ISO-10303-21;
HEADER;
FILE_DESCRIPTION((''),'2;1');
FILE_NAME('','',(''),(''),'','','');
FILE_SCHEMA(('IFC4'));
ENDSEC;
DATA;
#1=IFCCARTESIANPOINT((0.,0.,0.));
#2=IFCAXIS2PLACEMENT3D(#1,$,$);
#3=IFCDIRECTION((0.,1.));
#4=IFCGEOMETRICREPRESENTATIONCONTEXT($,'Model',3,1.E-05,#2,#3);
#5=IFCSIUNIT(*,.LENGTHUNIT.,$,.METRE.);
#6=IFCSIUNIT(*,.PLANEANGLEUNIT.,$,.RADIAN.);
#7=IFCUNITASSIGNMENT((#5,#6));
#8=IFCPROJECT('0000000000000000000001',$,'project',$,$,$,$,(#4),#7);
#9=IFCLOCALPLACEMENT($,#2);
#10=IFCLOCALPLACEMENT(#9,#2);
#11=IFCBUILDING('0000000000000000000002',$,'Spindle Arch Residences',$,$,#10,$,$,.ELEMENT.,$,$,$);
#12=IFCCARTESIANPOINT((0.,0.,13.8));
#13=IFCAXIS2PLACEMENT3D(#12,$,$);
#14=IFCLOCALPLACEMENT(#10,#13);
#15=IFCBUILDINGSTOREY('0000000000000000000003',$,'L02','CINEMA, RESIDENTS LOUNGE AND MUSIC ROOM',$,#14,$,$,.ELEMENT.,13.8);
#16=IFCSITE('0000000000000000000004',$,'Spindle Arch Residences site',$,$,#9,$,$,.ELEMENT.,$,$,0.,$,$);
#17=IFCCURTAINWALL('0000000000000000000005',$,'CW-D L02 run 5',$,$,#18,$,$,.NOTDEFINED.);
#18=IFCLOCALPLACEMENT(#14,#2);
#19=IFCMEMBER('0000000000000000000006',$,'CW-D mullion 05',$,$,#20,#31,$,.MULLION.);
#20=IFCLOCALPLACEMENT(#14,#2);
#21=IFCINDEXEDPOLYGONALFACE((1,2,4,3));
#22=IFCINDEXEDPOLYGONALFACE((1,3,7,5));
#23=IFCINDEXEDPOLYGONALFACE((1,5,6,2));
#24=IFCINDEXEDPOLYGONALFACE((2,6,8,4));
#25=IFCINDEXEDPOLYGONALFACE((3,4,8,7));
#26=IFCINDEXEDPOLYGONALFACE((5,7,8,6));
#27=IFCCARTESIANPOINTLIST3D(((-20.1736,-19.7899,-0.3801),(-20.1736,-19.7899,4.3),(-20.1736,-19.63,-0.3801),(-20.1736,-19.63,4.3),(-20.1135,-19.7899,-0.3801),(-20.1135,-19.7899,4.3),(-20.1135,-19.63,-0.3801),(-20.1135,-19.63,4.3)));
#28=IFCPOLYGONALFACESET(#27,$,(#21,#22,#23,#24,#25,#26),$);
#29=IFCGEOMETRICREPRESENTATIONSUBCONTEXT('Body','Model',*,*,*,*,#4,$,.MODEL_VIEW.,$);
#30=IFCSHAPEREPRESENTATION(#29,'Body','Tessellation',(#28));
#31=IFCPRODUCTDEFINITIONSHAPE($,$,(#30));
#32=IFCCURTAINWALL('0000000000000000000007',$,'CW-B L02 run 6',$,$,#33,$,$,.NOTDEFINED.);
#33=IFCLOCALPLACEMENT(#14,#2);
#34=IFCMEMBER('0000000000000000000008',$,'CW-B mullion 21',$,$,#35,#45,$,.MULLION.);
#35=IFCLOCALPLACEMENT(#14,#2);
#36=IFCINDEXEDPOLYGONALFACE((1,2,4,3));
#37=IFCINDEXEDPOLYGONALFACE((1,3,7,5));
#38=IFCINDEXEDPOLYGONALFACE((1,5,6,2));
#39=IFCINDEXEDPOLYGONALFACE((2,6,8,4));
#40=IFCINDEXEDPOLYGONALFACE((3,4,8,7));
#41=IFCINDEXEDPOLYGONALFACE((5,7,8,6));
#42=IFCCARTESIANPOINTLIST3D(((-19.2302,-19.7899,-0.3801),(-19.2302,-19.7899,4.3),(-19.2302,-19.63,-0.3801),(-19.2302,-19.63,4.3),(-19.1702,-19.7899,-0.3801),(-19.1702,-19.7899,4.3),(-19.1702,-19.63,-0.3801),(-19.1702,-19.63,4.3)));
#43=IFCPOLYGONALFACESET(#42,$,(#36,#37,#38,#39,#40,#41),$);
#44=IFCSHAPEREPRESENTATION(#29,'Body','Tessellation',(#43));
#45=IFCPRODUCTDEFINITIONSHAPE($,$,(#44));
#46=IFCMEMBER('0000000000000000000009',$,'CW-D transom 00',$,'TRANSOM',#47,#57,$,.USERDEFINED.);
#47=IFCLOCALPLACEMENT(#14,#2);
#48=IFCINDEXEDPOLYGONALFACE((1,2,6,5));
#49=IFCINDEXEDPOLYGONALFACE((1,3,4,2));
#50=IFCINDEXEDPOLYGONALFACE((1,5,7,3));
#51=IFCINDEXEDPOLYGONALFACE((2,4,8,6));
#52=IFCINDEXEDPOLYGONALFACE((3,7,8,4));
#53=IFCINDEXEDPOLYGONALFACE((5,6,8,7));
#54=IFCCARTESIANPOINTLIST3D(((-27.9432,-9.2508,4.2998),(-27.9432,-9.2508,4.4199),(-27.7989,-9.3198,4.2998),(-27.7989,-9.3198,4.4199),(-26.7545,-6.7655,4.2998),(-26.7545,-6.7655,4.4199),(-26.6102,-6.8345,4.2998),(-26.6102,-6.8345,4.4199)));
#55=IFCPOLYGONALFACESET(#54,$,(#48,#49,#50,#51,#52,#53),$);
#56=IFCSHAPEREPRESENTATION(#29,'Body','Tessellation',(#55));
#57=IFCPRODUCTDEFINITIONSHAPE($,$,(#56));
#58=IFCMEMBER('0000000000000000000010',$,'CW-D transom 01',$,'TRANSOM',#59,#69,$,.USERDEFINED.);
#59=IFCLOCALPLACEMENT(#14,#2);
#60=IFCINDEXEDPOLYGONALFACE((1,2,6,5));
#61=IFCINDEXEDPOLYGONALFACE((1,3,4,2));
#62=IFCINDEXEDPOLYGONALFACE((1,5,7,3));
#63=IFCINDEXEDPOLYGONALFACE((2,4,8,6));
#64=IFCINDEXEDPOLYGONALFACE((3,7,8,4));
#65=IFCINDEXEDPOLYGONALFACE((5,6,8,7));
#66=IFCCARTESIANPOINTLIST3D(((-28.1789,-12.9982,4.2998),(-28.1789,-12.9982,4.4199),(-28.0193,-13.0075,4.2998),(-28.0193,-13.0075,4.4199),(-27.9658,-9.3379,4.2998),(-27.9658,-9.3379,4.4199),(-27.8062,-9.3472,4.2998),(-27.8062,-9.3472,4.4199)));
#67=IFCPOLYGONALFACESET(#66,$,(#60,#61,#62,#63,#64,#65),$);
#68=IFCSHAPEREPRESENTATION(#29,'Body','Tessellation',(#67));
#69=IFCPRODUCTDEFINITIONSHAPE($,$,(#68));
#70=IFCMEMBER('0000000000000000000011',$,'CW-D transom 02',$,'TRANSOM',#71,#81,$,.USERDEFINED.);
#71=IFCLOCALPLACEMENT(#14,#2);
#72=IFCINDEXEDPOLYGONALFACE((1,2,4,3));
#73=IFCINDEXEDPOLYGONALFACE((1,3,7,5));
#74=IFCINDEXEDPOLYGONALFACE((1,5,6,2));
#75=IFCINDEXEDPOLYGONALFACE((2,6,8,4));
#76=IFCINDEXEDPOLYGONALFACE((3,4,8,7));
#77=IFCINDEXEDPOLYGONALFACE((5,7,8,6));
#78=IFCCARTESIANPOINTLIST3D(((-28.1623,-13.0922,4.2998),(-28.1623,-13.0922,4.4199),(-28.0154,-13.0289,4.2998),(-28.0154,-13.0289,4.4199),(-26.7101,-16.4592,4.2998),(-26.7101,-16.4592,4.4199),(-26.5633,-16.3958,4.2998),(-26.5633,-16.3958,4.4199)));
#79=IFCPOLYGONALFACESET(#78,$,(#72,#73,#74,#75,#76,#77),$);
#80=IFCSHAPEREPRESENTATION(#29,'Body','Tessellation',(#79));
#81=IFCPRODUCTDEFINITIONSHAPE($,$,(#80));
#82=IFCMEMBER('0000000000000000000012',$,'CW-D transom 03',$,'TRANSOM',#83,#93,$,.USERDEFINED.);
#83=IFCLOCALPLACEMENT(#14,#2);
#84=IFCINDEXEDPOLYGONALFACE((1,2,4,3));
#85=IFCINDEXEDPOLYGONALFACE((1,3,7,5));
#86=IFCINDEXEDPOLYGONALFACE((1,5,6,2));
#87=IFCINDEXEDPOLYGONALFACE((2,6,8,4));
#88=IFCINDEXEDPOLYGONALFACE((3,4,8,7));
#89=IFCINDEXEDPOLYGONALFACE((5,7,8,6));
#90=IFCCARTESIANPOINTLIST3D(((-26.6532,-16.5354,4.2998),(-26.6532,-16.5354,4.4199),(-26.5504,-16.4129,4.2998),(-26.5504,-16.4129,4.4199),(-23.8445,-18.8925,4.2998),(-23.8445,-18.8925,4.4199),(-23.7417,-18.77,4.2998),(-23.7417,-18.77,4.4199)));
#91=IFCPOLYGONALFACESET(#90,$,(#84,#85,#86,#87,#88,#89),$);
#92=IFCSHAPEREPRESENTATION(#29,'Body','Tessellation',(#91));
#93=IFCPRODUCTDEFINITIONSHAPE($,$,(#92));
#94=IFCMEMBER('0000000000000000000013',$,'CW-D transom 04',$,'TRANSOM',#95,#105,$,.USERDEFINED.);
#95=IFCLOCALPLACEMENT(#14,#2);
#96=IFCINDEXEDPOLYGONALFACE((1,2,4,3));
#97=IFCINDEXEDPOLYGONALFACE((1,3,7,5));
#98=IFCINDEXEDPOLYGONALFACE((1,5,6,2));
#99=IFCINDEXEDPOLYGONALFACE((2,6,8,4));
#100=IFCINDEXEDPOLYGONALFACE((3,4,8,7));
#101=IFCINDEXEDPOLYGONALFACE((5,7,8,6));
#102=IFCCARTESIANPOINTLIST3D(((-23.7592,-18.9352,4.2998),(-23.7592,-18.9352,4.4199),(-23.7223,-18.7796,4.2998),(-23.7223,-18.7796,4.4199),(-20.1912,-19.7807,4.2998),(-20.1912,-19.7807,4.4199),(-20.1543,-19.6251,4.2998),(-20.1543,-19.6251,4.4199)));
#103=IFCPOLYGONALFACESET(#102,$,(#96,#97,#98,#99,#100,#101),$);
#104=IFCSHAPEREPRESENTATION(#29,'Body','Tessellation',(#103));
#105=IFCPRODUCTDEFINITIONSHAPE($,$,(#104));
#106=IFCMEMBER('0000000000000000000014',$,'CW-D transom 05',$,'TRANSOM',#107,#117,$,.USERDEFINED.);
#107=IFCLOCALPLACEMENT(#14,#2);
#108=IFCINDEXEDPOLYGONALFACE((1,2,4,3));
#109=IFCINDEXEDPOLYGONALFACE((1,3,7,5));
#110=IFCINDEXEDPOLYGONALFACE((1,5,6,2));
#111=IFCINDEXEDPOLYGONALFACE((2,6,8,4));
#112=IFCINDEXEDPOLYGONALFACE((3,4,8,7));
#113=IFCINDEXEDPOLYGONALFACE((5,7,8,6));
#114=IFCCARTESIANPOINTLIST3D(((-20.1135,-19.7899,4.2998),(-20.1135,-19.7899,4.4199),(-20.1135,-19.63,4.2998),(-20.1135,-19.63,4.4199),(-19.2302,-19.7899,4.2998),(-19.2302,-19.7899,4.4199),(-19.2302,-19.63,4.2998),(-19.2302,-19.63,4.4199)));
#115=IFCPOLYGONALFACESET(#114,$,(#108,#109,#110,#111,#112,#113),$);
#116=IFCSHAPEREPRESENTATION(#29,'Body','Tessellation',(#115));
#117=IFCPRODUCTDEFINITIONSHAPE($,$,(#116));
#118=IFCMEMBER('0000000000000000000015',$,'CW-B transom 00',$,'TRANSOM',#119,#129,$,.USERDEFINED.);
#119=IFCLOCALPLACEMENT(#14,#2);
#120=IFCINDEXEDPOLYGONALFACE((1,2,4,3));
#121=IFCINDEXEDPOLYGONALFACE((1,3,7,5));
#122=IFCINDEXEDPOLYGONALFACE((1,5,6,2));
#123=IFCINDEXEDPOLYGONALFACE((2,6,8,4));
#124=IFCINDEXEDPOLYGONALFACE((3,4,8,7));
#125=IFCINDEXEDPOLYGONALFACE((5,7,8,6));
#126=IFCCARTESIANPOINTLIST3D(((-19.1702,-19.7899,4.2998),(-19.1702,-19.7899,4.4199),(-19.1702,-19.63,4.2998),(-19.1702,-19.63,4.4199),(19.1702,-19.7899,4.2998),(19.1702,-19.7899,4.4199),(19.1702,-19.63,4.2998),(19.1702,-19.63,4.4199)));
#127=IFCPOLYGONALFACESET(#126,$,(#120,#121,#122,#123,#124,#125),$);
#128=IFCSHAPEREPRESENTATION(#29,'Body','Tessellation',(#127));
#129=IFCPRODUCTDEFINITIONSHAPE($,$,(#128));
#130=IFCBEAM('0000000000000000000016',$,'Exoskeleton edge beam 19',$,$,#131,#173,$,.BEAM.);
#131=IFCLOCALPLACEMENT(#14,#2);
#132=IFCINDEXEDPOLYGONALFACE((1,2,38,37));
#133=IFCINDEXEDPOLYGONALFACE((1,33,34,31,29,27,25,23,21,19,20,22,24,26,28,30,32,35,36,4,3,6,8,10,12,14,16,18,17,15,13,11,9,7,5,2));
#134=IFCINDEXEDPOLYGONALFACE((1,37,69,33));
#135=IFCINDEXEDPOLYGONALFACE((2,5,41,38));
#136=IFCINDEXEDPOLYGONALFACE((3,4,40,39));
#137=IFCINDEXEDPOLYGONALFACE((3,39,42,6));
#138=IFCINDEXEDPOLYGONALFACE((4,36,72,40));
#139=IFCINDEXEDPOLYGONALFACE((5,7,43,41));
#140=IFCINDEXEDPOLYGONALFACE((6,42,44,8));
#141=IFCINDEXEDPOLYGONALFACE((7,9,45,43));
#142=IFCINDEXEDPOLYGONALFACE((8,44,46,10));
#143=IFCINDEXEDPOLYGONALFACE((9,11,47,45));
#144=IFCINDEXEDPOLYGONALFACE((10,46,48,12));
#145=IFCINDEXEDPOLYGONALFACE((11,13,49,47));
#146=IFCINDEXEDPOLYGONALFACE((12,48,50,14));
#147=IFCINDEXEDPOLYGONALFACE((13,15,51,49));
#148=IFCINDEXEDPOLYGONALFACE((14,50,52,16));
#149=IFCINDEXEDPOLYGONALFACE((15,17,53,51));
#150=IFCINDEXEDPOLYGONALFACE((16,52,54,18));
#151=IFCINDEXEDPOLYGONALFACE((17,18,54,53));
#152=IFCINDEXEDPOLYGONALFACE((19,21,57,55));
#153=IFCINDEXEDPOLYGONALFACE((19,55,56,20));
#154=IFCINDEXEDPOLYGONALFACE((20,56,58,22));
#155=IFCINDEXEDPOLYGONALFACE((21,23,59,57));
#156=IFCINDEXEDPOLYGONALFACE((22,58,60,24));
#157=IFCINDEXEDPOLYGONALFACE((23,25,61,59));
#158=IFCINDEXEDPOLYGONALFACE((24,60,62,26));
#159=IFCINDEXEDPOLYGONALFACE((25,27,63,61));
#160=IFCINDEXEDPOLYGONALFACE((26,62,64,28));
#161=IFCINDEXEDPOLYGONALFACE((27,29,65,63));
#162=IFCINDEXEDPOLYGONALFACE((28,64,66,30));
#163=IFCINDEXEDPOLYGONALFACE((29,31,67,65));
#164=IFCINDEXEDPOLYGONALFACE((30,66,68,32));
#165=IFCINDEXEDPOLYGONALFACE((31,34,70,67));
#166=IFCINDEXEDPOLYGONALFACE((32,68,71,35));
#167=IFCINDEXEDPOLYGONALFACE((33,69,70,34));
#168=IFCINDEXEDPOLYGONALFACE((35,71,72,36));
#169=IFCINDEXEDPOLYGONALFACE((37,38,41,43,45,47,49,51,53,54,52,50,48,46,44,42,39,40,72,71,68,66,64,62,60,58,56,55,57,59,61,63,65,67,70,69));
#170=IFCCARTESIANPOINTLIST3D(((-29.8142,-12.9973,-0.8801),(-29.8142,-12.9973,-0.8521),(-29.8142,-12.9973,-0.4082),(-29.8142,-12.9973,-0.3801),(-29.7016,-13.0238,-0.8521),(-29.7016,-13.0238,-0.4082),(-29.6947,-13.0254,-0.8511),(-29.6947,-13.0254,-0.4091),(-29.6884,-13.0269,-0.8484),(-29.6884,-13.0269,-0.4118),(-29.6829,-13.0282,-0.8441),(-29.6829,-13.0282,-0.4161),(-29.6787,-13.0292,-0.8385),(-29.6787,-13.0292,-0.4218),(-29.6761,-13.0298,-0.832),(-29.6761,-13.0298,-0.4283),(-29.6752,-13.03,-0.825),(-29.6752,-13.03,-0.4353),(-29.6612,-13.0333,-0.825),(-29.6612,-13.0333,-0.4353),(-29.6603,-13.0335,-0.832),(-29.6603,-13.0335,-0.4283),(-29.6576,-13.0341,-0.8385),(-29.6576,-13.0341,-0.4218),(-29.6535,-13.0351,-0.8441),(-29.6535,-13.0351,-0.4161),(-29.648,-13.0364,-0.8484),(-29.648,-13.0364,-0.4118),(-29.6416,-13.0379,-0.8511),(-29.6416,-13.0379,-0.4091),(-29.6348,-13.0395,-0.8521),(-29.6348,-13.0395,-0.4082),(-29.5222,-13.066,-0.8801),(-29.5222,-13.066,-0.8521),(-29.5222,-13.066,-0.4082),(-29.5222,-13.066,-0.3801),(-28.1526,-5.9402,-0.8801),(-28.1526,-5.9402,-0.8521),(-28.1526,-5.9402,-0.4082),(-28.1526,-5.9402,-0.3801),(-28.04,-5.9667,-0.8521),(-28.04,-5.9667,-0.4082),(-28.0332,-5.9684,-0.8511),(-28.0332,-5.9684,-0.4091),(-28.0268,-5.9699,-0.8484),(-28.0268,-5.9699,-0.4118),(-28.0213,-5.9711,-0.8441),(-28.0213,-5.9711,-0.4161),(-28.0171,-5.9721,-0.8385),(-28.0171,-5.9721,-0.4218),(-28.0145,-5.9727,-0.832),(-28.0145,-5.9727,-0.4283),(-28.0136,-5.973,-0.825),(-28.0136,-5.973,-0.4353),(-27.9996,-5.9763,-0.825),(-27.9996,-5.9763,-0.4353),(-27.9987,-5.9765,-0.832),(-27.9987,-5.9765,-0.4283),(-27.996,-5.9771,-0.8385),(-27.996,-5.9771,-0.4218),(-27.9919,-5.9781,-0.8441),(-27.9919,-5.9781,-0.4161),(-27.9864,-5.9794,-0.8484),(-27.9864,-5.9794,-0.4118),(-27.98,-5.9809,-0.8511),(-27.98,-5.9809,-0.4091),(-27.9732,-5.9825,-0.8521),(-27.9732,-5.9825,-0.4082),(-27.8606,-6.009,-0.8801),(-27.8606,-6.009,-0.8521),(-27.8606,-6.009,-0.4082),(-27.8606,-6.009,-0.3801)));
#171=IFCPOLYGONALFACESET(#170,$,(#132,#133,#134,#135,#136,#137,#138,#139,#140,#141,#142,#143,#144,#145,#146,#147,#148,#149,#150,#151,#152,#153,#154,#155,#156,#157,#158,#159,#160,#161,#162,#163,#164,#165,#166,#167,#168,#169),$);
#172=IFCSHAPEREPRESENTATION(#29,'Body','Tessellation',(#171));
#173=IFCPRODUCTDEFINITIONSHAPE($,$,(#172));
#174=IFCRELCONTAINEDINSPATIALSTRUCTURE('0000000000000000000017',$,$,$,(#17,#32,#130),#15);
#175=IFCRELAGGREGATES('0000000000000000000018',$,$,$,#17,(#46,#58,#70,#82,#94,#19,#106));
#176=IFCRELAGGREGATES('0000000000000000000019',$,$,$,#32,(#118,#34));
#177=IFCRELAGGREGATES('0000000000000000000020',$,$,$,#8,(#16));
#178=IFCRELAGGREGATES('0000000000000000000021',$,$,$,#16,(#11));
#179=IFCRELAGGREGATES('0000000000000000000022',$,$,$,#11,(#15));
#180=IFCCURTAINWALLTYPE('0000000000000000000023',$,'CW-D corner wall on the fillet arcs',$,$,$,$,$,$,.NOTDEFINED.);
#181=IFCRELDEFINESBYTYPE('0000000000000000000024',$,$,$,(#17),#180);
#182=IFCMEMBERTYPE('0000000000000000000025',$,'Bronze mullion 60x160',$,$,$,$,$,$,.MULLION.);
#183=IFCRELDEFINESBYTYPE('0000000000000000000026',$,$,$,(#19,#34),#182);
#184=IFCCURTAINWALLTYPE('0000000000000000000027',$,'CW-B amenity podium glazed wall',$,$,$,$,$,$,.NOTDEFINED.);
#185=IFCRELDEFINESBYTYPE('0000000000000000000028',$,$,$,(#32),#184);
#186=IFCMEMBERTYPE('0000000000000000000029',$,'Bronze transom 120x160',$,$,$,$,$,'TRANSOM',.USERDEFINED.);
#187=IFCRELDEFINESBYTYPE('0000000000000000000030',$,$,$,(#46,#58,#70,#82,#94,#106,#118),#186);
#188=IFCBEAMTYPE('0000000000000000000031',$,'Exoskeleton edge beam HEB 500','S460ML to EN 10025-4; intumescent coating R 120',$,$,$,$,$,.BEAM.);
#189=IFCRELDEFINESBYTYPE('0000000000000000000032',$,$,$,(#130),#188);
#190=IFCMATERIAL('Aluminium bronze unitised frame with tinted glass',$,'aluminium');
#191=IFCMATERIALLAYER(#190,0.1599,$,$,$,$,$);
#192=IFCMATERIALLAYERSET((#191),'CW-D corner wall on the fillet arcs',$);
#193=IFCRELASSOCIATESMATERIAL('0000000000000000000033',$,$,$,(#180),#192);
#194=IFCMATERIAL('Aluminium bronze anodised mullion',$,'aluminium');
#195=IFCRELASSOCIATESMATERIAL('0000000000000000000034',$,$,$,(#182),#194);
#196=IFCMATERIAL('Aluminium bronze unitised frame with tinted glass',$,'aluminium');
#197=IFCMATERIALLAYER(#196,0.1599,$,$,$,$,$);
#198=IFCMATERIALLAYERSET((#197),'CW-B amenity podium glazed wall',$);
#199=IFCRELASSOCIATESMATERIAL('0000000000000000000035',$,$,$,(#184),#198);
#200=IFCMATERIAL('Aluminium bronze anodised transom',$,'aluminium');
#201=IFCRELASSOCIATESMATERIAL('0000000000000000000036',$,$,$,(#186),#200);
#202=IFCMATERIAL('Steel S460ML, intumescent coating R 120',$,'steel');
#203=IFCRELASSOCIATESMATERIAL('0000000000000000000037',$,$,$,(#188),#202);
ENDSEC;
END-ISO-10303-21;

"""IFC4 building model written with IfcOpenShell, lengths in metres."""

from ifc_helpers import new_model, si_unit, direction, frame, origin, origin_2d, place, context, subcontext, project, spatial, rectangle, i_section, extrude, material, layer, layer_set, material_profile, profile_set, type_object, element, aggregate, save


model = new_model("IFC4")

# Units and contexts
model_context = context("Model", 3, precision=1e-05, world=origin(), true_north=direction((0.0, 1.0)))
body_context = subcontext(model_context, "Body", "Model", "MODEL_VIEW")
ifc_project = project(units=[si_unit("LENGTHUNIT", "METRE"), si_unit("PLANEANGLEUNIT", "RADIAN")], contexts=[model_context])

# Site, building, storey
site_placement = place(None, origin())
site = spatial("IfcSite", under=ifc_project, at=site_placement, Name="Spindle Arch Residences site", CompositionType="ELEMENT", RefElevation=0.0)
building_placement = place(site_placement, origin())
building = spatial("IfcBuilding", under=site, at=building_placement, Name="Spindle Arch Residences", CompositionType="ELEMENT")
storey_placement = place(building_placement, frame((0.0, 0.0, 13.8)))
storey = spatial("IfcBuildingStorey", under=building, at=storey_placement, Name="L02", Description="CINEMA, RESIDENTS LOUNGE AND MUSIC ROOM", CompositionType="ELEMENT", Elevation=13.8)

# Curtain wall, member
ifc_material_1 = material(Name="Aluminium bronze unitised frame with tinted glass", Category="aluminium")
ifc_layer_1 = layer(ifc_material_1, 0.1599)
ifc_layer_set_1 = layer_set([ifc_layer_1], Name="CW-D corner wall on the fillet arcs")
curtain_wall_type_1 = type_object("IfcCurtainWallType", Name="CW-D corner wall on the fillet arcs", PredefinedType="NOTDEFINED", material=ifc_layer_set_1)
curtain_wall_1_placement = place(storey_placement, origin())
curtain_wall_1 = element("IfcCurtainWall", 1, at=curtain_wall_1_placement, inside=storey, type_object=curtain_wall_type_1, Name="CW-D L02 run 5", PredefinedType="NOTDEFINED")
ifc_material_2 = material(Name="Aluminium bronze anodised mullion", Category="aluminium")
ifc_material_profile_1 = material_profile(ifc_material_2, rectangle(XDim=0.1599, YDim=0.0601, at=origin_2d()), Name="MU 60x160")
ifc_profile_set_1 = profile_set([ifc_material_profile_1], Name="Aluminium bronze anodised mullion")
member_type_1 = type_object("IfcMemberType", Name="Bronze mullion 60x160", PredefinedType="MULLION", material=ifc_profile_set_1)
member_1_placement = place(storey_placement, frame((-20.1436, -19.71, -0.3801), z_axis=(0.0, 0.0, 1.0), x_axis=(0.0, 1.0, 0.0)))
member_1 = element("IfcMember", 2, at=member_1_placement, type_object=member_type_1, Name="CW-D mullion 05", PredefinedType="MULLION", context=body_context, shape_type="SweptSolid", body=[
    extrude(rectangle(XDim=0.1599, YDim=0.0601, at=origin_2d()), origin(), (0.0, 0.0, 1.0), 4.6802),
])

# Curtain wall, member
ifc_material_3 = material(Name="Aluminium bronze unitised frame with tinted glass", Category="aluminium")
ifc_layer_2 = layer(ifc_material_3, 0.1599)
ifc_layer_set_2 = layer_set([ifc_layer_2], Name="CW-B amenity podium glazed wall")
curtain_wall_type_2 = type_object("IfcCurtainWallType", Name="CW-B amenity podium glazed wall", PredefinedType="NOTDEFINED", material=ifc_layer_set_2)
curtain_wall_2_placement = place(storey_placement, origin())
curtain_wall_2 = element("IfcCurtainWall", 3, at=curtain_wall_2_placement, inside=storey, type_object=curtain_wall_type_2, Name="CW-B L02 run 6", PredefinedType="NOTDEFINED")
member_2_placement = place(storey_placement, frame((-19.2002, -19.71, -0.3801), z_axis=(0.0, 0.0, 1.0), x_axis=(0.0, 1.0, 0.0)))
member_2 = element("IfcMember", 4, at=member_2_placement, type_object=member_type_1, Name="CW-B mullion 21", PredefinedType="MULLION", context=body_context, shape_type="SweptSolid", body=[
    extrude(rectangle(XDim=0.1599, YDim=0.0601, at=origin_2d()), origin(), (0.0, 0.0, 1.0), 4.6802),
])

# Members
ifc_material_4 = material(Name="Aluminium bronze anodised transom", Category="aluminium")
ifc_material_profile_2 = material_profile(ifc_material_4, rectangle(XDim=0.1599, YDim=0.1201, at=origin_2d()), Name="TR 120x160")
ifc_profile_set_2 = profile_set([ifc_material_profile_2], Name="Aluminium bronze anodised transom")
member_type_2 = type_object("IfcMemberType", Name="Bronze transom 120x160", ElementType="TRANSOM", PredefinedType="USERDEFINED", material=ifc_profile_set_2)
member_3_placement = place(storey_placement, frame((-26.6824, -6.8, 4.3599), z_axis=(-0.431477, -0.902124, 0.0), x_axis=(0.902124, -0.431477, 0.0)))
member_3 = element("IfcMember", 5, at=member_3_placement, type_object=member_type_2, Name="CW-D transom 00", ObjectType="TRANSOM", PredefinedType="USERDEFINED", context=body_context, shape_type="SweptSolid", body=[
    extrude(rectangle(XDim=0.1599, YDim=0.1201, at=origin_2d()), origin(), (0.0, 0.0, 1.0), 2.7549),
])
member_4_placement = place(storey_placement, frame((-27.886, -9.3425, 4.3599), z_axis=(-0.058129, -0.998309, 0.0), x_axis=(0.998309, -0.058129, 0.0)))
member_4 = element("IfcMember", 6, at=member_4_placement, type_object=member_type_2, Name="CW-D transom 01", ObjectType="TRANSOM", PredefinedType="USERDEFINED", context=body_context, shape_type="SweptSolid", body=[
    extrude(rectangle(XDim=0.1599, YDim=0.1201, at=origin_2d()), origin(), (0.0, 0.0, 1.0), 3.6665),
])
member_5_placement = place(storey_placement, frame((-28.0889, -13.0605, 4.3599), z_axis=(0.396032, -0.918237, 0.0), x_axis=(0.918237, 0.396032, 0.0)))
member_5 = element("IfcMember", 7, at=member_5_placement, type_object=member_type_2, Name="CW-D transom 02", ObjectType="TRANSOM", PredefinedType="USERDEFINED", context=body_context, shape_type="SweptSolid", body=[
    extrude(rectangle(XDim=0.1599, YDim=0.1201, at=origin_2d()), origin(), (0.0, 0.0, 1.0), 3.6667),
])
member_6_placement = place(storey_placement, frame((-26.6018, -16.4741, 4.3599), z_axis=(0.766006, -0.642833, 0.0), x_axis=(0.642833, 0.766006, 0.0)))
member_6 = element("IfcMember", 8, at=member_6_placement, type_object=member_type_2, Name="CW-D transom 03", ObjectType="TRANSOM", PredefinedType="USERDEFINED", context=body_context, shape_type="SweptSolid", body=[
    extrude(rectangle(XDim=0.1599, YDim=0.1201, at=origin_2d()), origin(), (0.0, 0.0, 1.0), 3.6667),
])
member_7_placement = place(storey_placement, frame((-23.7407, -18.8574, 4.3599), z_axis=(0.973054, -0.230579, 0.0), x_axis=(0.230579, 0.973054, 0.0)))
member_7 = element("IfcMember", 9, at=member_7_placement, type_object=member_type_2, Name="CW-D transom 04", ObjectType="TRANSOM", PredefinedType="USERDEFINED", context=body_context, shape_type="SweptSolid", body=[
    extrude(rectangle(XDim=0.1599, YDim=0.1201, at=origin_2d()), origin(), (0.0, 0.0, 1.0), 3.6667),
])
member_8_placement = place(storey_placement, frame((-20.1135, -19.71, 4.3599), z_axis=(1.0, 0.0, 0.0), x_axis=(0.0, 1.0, 0.0)))
member_8 = element("IfcMember", 10, at=member_8_placement, type_object=member_type_2, Name="CW-D transom 05", ObjectType="TRANSOM", PredefinedType="USERDEFINED", context=body_context, shape_type="SweptSolid", body=[
    extrude(rectangle(XDim=0.1599, YDim=0.1201, at=origin_2d()), origin(), (0.0, 0.0, 1.0), 0.8833),
])
member_9_placement = place(storey_placement, frame((-19.1702, -19.71, 4.3599), z_axis=(1.0, 0.0, 0.0), x_axis=(0.0, 1.0, 0.0)))
member_9 = element("IfcMember", 11, at=member_9_placement, type_object=member_type_2, Name="CW-B transom 00", ObjectType="TRANSOM", PredefinedType="USERDEFINED", context=body_context, shape_type="SweptSolid", body=[
    extrude(rectangle(XDim=0.1599, YDim=0.1201, at=origin_2d()), origin(), (0.0, 0.0, 1.0), 38.3403),
])

# Beam
ifc_material_5 = material(Name="Steel S460ML, intumescent coating R 120", Category="steel")
ifc_material_profile_3 = material_profile(ifc_material_5, i_section(OverallWidth=0.3, OverallDepth=0.5, WebThickness=0.0144, FlangeThickness=0.0281, FilletRadius=0.0271, at=origin_2d()), Name="HEB 500")
ifc_profile_set_3 = profile_set([ifc_material_profile_3], Name="Steel S460ML, intumescent coating R 120")
beam_type_1 = type_object("IfcBeamType", Name="Exoskeleton edge beam HEB 500", Description="S460ML to EN 10025-4; intumescent coating R 120", PredefinedType="BEAM", material=ifc_profile_set_3)
beam_1_placement = place(storey_placement, frame((-28.0066, -5.9746, -0.6301), z_axis=(-0.229186, -0.973383, 0.0), x_axis=(0.973383, -0.229186, 0.0)))
element("IfcBeam", 12, at=beam_1_placement, inside=storey, type_object=beam_type_1, Name="Exoskeleton edge beam 19", PredefinedType="BEAM", context=body_context, shape_type="SweptSolid", body=[
    extrude(i_section(OverallWidth=0.3, OverallDepth=0.5, WebThickness=0.0144, FlangeThickness=0.0281, FilletRadius=0.0271, at=origin_2d()), origin(), (0.0, 0.0, 1.0), 7.25),
])

aggregate(curtain_wall_1, [member_3, member_4, member_5, member_6, member_7, member_1, member_8])
aggregate(curtain_wall_2, [member_9, member_2])

save(model, "model.ifc")
